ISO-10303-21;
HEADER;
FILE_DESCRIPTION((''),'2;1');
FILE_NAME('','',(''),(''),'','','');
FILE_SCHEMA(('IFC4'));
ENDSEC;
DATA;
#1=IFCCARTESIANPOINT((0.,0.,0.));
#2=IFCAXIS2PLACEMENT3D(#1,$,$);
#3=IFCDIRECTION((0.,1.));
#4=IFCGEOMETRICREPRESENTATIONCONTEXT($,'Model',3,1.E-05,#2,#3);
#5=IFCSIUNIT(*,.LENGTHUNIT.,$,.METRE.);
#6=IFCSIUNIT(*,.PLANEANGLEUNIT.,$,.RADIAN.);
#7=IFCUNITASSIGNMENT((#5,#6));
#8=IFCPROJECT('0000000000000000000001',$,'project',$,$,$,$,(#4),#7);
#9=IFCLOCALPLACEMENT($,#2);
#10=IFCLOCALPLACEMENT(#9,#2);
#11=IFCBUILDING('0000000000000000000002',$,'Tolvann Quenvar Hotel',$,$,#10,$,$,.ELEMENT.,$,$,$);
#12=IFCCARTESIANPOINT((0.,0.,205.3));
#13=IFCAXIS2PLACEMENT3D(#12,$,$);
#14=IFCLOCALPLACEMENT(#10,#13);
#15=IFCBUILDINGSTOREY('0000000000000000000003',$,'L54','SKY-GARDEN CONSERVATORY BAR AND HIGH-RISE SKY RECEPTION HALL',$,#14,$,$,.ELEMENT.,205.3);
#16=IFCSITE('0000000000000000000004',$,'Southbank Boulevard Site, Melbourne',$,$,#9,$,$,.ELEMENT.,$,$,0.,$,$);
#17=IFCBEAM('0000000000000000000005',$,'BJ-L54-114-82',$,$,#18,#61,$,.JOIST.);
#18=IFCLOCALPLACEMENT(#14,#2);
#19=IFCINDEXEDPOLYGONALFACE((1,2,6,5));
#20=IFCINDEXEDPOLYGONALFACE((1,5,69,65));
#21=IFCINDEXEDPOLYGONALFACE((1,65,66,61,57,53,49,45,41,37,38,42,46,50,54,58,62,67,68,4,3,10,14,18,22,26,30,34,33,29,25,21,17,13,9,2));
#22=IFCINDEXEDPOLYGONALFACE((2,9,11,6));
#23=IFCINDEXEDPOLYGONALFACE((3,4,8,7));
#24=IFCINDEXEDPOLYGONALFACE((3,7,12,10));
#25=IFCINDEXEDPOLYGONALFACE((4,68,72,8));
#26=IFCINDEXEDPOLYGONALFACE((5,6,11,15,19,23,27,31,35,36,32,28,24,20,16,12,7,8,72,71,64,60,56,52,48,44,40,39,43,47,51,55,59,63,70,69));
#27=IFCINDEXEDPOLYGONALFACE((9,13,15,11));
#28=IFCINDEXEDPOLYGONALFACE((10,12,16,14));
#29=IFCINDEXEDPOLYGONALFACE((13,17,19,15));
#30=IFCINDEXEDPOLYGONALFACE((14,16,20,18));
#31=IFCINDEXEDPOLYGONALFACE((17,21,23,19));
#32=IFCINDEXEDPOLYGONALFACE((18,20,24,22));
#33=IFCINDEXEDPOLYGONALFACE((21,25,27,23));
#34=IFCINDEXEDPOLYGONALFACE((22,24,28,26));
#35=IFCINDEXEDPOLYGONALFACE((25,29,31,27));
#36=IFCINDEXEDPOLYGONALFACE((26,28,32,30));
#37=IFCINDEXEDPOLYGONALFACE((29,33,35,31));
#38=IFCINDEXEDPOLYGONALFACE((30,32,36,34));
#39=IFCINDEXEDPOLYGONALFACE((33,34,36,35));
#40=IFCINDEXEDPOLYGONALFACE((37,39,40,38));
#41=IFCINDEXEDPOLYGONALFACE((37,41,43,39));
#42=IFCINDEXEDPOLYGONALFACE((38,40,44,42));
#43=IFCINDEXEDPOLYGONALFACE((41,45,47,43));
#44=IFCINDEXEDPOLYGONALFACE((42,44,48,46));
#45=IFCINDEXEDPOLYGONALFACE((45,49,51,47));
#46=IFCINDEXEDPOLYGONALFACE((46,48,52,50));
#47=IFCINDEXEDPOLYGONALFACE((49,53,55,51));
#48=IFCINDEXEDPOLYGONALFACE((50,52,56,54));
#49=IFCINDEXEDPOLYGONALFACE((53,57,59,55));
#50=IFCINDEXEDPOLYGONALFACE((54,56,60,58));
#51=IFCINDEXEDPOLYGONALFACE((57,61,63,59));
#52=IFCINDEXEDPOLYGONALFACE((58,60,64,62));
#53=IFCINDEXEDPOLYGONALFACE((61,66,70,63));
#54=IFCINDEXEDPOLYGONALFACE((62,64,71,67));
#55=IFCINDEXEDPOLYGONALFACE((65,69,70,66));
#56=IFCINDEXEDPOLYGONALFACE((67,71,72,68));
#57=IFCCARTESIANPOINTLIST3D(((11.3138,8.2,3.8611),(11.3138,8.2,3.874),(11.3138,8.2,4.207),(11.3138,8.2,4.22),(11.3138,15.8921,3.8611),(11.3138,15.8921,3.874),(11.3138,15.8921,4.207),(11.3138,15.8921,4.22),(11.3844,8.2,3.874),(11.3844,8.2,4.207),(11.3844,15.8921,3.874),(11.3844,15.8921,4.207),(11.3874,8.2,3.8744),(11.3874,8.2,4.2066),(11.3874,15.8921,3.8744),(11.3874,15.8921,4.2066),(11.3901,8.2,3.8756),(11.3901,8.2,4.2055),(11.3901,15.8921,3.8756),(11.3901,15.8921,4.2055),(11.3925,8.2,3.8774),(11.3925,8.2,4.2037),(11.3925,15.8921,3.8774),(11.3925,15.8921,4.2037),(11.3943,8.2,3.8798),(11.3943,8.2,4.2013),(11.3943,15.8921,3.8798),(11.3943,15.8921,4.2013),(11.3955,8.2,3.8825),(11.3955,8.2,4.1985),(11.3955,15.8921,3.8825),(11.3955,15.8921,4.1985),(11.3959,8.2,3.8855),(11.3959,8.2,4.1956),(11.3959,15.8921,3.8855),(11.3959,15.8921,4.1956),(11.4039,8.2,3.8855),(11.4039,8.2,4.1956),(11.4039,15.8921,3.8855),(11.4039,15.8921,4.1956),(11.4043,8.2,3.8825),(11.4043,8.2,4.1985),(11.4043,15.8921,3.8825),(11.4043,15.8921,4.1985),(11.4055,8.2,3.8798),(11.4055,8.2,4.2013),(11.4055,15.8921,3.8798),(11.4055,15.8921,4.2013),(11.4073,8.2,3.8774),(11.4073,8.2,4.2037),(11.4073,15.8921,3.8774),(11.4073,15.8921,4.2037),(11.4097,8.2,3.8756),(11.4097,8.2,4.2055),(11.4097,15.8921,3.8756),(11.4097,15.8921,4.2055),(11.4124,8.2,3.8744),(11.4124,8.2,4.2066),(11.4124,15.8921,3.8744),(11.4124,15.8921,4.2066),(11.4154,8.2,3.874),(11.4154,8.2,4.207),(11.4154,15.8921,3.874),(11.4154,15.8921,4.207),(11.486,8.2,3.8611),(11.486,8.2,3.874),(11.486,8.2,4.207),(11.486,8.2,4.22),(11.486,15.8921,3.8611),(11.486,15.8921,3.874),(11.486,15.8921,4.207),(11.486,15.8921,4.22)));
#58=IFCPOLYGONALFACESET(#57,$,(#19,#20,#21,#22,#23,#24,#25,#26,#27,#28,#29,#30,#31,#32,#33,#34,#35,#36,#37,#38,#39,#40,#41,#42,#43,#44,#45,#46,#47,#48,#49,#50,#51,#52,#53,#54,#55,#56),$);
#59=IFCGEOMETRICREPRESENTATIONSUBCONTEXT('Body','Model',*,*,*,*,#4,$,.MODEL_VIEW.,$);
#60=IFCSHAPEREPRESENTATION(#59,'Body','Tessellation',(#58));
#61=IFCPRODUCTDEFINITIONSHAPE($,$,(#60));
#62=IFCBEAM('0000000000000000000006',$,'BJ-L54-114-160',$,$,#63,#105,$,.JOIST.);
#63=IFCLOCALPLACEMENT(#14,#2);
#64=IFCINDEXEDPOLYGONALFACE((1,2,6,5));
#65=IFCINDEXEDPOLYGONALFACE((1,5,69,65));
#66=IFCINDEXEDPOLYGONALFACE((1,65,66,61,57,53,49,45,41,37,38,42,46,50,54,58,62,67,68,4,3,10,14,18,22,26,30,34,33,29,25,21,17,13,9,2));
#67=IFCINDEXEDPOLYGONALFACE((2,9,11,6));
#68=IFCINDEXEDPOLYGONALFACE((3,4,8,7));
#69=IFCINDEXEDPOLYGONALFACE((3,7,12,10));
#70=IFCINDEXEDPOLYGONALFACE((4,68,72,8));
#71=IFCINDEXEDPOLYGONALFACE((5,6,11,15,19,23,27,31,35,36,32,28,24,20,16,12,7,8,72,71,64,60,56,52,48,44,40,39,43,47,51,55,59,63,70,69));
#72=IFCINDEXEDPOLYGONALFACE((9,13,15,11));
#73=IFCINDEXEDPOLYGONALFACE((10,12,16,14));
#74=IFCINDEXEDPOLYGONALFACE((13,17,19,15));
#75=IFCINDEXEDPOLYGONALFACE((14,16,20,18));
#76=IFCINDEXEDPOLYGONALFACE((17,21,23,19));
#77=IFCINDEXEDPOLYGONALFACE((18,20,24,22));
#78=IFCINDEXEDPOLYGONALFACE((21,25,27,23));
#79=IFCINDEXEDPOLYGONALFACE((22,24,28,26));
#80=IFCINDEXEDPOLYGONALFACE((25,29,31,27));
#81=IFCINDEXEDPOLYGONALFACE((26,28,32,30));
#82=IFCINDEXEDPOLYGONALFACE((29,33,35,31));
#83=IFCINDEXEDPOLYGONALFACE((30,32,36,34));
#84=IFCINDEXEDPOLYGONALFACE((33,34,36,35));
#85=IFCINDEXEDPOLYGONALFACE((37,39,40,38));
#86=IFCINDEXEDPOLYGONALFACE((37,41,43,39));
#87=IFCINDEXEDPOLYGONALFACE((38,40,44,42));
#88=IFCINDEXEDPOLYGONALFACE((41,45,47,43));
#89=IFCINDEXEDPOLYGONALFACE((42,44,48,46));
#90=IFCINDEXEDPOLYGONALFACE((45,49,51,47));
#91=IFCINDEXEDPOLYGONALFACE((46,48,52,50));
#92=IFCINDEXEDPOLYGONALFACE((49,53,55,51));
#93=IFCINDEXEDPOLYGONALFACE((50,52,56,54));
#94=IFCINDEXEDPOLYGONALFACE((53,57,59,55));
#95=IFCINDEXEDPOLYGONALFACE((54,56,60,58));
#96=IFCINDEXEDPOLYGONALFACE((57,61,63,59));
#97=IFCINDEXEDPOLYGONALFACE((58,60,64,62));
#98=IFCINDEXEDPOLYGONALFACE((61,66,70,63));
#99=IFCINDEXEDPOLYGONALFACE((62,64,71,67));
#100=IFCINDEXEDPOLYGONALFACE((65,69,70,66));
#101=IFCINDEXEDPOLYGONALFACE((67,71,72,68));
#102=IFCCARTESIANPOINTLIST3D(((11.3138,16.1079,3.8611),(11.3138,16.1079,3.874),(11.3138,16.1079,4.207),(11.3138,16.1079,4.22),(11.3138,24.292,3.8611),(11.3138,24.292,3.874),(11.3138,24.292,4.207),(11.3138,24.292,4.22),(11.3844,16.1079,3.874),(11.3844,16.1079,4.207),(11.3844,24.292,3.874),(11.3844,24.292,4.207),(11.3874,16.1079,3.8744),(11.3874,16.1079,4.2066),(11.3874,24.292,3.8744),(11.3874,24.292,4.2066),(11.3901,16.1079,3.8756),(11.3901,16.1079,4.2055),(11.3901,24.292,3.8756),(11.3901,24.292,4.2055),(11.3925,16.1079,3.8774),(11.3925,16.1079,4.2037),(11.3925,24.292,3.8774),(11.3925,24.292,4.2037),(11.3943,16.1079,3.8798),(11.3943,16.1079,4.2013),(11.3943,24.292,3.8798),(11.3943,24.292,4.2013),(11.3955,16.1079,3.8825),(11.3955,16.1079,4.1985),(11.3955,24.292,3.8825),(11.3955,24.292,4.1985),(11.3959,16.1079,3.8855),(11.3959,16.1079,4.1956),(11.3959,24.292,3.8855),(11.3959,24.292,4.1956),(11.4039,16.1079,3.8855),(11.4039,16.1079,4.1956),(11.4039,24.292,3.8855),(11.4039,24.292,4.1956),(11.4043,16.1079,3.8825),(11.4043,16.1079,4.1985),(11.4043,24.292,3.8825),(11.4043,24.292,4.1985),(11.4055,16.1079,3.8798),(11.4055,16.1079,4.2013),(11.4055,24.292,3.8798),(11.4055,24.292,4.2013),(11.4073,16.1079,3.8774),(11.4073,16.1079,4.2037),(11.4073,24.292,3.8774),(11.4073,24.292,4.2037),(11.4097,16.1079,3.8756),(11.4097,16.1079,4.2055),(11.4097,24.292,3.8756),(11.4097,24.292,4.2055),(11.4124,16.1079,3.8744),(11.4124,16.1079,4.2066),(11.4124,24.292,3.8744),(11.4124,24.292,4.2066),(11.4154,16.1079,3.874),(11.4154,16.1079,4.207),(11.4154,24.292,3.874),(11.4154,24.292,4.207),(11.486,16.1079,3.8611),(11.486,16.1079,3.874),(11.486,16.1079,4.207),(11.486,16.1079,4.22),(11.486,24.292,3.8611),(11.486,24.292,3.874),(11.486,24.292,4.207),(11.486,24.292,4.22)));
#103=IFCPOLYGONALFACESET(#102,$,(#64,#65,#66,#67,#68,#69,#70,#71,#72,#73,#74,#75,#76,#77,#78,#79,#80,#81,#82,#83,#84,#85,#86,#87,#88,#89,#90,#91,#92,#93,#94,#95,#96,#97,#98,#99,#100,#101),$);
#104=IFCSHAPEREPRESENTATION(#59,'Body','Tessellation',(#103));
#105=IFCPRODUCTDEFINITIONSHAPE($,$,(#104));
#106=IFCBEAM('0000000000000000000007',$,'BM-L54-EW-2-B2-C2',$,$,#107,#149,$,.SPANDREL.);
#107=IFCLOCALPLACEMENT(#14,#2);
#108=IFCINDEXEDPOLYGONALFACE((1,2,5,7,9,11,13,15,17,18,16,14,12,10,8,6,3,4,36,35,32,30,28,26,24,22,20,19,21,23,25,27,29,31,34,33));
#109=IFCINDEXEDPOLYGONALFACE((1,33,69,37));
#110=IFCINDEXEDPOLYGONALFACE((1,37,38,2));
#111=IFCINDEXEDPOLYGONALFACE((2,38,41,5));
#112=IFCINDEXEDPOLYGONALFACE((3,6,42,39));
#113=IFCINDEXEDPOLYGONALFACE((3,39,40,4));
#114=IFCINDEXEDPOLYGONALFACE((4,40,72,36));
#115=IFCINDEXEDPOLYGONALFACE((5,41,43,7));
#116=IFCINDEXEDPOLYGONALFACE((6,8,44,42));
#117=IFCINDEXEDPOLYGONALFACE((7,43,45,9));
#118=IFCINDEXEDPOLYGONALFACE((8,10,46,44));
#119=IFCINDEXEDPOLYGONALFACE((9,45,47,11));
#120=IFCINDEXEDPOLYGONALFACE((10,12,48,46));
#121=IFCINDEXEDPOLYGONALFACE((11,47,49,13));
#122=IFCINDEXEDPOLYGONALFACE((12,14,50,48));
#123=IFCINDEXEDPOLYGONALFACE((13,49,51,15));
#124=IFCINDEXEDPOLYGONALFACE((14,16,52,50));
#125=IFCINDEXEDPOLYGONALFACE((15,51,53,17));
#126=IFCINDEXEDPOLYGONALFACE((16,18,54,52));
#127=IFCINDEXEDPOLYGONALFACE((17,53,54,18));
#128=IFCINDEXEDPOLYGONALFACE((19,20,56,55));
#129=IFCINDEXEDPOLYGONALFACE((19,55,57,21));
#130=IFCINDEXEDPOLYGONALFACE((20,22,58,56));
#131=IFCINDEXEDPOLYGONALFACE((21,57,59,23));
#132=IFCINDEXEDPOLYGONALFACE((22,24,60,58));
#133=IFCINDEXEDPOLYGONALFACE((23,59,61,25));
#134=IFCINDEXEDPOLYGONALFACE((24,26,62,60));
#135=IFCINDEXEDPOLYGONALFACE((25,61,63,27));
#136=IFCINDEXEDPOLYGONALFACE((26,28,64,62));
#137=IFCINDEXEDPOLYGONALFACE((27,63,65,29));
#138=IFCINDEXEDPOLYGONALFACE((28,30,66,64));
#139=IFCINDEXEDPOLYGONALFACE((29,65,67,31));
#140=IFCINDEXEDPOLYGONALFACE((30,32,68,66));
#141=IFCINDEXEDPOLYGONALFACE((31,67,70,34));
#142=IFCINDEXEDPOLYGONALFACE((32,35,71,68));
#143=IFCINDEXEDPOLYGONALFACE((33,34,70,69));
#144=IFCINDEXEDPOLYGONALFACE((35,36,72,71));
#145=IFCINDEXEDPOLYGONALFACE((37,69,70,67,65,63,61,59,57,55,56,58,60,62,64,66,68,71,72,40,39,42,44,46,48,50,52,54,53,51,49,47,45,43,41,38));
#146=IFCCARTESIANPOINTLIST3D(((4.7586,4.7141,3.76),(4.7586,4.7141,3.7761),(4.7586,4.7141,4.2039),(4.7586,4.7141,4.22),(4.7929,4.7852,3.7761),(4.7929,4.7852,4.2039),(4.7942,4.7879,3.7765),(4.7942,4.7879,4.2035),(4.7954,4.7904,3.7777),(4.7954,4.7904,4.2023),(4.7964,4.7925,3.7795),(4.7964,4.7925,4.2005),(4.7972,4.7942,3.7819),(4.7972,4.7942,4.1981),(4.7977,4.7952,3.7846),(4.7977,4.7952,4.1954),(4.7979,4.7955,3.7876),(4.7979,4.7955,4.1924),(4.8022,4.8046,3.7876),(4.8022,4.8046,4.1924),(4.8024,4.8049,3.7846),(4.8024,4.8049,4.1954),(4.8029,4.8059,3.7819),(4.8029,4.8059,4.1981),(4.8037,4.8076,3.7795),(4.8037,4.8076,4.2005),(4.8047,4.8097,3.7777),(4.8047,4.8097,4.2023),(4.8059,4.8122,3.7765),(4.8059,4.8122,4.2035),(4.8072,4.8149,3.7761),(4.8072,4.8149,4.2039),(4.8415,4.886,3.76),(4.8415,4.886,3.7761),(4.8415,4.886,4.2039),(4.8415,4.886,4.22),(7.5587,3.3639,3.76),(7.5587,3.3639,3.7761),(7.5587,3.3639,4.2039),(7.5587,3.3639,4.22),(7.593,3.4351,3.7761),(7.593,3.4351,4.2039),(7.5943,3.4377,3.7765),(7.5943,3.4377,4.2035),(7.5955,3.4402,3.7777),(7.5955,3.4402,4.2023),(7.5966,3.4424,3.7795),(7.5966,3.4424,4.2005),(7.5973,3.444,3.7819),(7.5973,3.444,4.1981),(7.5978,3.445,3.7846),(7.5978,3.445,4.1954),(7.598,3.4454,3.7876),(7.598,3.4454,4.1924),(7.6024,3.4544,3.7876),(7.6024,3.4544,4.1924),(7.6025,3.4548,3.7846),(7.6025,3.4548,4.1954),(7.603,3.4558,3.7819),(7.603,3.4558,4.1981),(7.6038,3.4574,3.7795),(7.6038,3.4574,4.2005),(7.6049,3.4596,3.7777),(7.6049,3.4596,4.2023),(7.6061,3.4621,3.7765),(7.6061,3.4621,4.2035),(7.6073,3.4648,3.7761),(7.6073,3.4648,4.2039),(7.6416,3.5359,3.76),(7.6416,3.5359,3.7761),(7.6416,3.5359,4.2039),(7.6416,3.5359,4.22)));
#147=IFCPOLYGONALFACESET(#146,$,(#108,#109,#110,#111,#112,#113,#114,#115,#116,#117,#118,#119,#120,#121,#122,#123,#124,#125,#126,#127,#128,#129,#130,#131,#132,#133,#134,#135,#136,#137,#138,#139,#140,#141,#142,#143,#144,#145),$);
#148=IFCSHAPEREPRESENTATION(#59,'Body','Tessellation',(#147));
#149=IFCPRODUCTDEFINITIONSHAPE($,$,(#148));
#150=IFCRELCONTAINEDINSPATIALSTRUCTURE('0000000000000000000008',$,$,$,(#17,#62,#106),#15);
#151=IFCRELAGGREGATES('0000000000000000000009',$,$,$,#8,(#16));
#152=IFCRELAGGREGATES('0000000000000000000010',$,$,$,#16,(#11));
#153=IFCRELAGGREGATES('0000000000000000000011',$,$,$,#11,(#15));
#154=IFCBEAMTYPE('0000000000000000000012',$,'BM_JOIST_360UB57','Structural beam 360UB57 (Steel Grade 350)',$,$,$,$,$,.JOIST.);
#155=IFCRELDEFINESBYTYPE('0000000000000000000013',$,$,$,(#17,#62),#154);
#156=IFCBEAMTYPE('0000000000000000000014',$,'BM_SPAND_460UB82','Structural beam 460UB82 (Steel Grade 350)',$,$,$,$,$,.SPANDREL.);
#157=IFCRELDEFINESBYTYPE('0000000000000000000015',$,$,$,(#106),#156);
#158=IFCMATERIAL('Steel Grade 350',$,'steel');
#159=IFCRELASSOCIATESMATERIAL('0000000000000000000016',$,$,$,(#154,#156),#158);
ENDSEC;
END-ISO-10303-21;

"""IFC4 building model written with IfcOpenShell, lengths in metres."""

from ifc_helpers import new_model, si_unit, direction, frame, origin, origin_2d, place, context, subcontext, project, spatial, i_section, extrude, source, transform, mapped, material, material_profile, profile_set, type_object, type_shapes, element, save


model = new_model("IFC4")

# Units and contexts
model_context = context("Model", 3, precision=1e-05, world=origin(), true_north=direction((0.0, 1.0)))
body_context = subcontext(model_context, "Body", "Model", "MODEL_VIEW")
ifc_project = project(units=[si_unit("LENGTHUNIT", "METRE"), si_unit("PLANEANGLEUNIT", "RADIAN")], contexts=[model_context])

# Site, building, storey
site_placement = place(None, origin())
site = spatial("IfcSite", under=ifc_project, at=site_placement, Name="Southbank Boulevard Site, Melbourne", CompositionType="ELEMENT", RefElevation=0.0)
building_placement = place(site_placement, origin())
building = spatial("IfcBuilding", under=site, at=building_placement, Name="Tolvann Quenvar Hotel", CompositionType="ELEMENT")
storey_placement = place(building_placement, frame((0.0, 0.0, 205.3)))
storey = spatial("IfcBuildingStorey", under=building, at=storey_placement, Name="L54", Description="SKY-GARDEN CONSERVATORY BAR AND HIGH-RISE SKY RECEPTION HALL", CompositionType="ELEMENT", Elevation=205.3)

# Shared definitions
ifc_material_1 = material(Name="Steel Grade 350", Category="steel")

# Beams
ifc_material_profile_1 = material_profile(ifc_material_1, i_section(OverallWidth=0.1721, OverallDepth=0.3589, WebThickness=0.0081, FlangeThickness=0.0129, FilletRadius=0.0115, at=origin_2d()), Name="360UB57")
ifc_profile_set_1 = profile_set([ifc_material_profile_1], Name="Steel Grade 350")
beam_type_1 = type_object("IfcBeamType", Name="BM_JOIST_360UB57", Description="Structural beam 360UB57 (Steel Grade 350)", PredefinedType="JOIST", material=ifc_profile_set_1)
shared_shape_1 = source(origin(), body_context, "Body", "SweptSolid", [
    extrude(i_section(OverallWidth=0.1721, OverallDepth=0.3589, WebThickness=0.0081, FlangeThickness=0.0129, FilletRadius=0.0115, at=origin_2d()), origin(), (0.0, 0.0, 1.0), 7.6921),
])
beam_1_placement = place(storey_placement, frame((11.3999, 8.2, 4.0405), z_axis=(0.0, 1.0, 0.0), x_axis=(-1.0, 0.0, 0.0)))
element("IfcBeam", 1, at=beam_1_placement, inside=storey, type_object=beam_type_1, Name="BJ-L54-114-82", PredefinedType="JOIST", context=body_context, shape_type="MappedRepresentation", body=[
    mapped(shared_shape_1, transform((0.0, 0.0, 0.0), x_axis=(1.0, 0.0, 0.0), y_axis=(0.0, 1.0, 0.0), z_axis=(0.0, 0.0, 1.0), scale=1.0)),
])
shared_shape_2 = source(origin(), body_context, "Body", "SweptSolid", [
    extrude(i_section(OverallWidth=0.1721, OverallDepth=0.3589, WebThickness=0.0081, FlangeThickness=0.0129, FilletRadius=0.0115, at=origin_2d()), origin(), (0.0, 0.0, 1.0), 8.1841),
])
type_shapes(beam_type_1, [shared_shape_1, shared_shape_2])
beam_2_placement = place(storey_placement, frame((11.3999, 16.1079, 4.0405), z_axis=(0.0, 1.0, 0.0), x_axis=(-1.0, 0.0, 0.0)))
element("IfcBeam", 2, at=beam_2_placement, inside=storey, type_object=beam_type_1, Name="BJ-L54-114-160", PredefinedType="JOIST", context=body_context, shape_type="MappedRepresentation", body=[
    mapped(shared_shape_2, transform((0.0, 0.0, 0.0), x_axis=(1.0, 0.0, 0.0), y_axis=(0.0, 1.0, 0.0), z_axis=(0.0, 0.0, 1.0), scale=1.0)),
])
ifc_material_profile_2 = material_profile(ifc_material_1, i_section(OverallWidth=0.1909, OverallDepth=0.46, WebThickness=0.01, FlangeThickness=0.0161, FilletRadius=0.0115, at=origin_2d()), Name="460UB82")
ifc_profile_set_2 = profile_set([ifc_material_profile_2], Name="Steel Grade 350")
beam_type_2 = type_object("IfcBeamType", Name="BM_SPAND_460UB82", Description="Structural beam 460UB82 (Steel Grade 350)", PredefinedType="SPANDREL", material=ifc_profile_set_2)
shared_shape_3 = source(origin(), body_context, "Body", "SweptSolid", [
    extrude(i_section(OverallWidth=0.1909, OverallDepth=0.46, WebThickness=0.01, FlangeThickness=0.0161, FilletRadius=0.0115, at=origin_2d()), origin(), (0.0, 0.0, 1.0), 3.1086),
])
beam_3_placement = place(storey_placement, frame((4.8, 4.8, 3.99), z_axis=(0.900759, -0.434319, 0.0), x_axis=(0.434319, 0.900759, 0.0)))
element("IfcBeam", 3, at=beam_3_placement, inside=storey, type_object=beam_type_2, Name="BM-L54-EW-2-B2-C2", PredefinedType="SPANDREL", context=body_context, shape_type="MappedRepresentation", body=[
    mapped(shared_shape_3, transform((0.0, 0.0, 0.0), x_axis=(1.0, 0.0, 0.0), y_axis=(0.0, 1.0, 0.0), z_axis=(0.0, 0.0, 1.0), scale=1.0)),
])

save(model, "model.ifc")
